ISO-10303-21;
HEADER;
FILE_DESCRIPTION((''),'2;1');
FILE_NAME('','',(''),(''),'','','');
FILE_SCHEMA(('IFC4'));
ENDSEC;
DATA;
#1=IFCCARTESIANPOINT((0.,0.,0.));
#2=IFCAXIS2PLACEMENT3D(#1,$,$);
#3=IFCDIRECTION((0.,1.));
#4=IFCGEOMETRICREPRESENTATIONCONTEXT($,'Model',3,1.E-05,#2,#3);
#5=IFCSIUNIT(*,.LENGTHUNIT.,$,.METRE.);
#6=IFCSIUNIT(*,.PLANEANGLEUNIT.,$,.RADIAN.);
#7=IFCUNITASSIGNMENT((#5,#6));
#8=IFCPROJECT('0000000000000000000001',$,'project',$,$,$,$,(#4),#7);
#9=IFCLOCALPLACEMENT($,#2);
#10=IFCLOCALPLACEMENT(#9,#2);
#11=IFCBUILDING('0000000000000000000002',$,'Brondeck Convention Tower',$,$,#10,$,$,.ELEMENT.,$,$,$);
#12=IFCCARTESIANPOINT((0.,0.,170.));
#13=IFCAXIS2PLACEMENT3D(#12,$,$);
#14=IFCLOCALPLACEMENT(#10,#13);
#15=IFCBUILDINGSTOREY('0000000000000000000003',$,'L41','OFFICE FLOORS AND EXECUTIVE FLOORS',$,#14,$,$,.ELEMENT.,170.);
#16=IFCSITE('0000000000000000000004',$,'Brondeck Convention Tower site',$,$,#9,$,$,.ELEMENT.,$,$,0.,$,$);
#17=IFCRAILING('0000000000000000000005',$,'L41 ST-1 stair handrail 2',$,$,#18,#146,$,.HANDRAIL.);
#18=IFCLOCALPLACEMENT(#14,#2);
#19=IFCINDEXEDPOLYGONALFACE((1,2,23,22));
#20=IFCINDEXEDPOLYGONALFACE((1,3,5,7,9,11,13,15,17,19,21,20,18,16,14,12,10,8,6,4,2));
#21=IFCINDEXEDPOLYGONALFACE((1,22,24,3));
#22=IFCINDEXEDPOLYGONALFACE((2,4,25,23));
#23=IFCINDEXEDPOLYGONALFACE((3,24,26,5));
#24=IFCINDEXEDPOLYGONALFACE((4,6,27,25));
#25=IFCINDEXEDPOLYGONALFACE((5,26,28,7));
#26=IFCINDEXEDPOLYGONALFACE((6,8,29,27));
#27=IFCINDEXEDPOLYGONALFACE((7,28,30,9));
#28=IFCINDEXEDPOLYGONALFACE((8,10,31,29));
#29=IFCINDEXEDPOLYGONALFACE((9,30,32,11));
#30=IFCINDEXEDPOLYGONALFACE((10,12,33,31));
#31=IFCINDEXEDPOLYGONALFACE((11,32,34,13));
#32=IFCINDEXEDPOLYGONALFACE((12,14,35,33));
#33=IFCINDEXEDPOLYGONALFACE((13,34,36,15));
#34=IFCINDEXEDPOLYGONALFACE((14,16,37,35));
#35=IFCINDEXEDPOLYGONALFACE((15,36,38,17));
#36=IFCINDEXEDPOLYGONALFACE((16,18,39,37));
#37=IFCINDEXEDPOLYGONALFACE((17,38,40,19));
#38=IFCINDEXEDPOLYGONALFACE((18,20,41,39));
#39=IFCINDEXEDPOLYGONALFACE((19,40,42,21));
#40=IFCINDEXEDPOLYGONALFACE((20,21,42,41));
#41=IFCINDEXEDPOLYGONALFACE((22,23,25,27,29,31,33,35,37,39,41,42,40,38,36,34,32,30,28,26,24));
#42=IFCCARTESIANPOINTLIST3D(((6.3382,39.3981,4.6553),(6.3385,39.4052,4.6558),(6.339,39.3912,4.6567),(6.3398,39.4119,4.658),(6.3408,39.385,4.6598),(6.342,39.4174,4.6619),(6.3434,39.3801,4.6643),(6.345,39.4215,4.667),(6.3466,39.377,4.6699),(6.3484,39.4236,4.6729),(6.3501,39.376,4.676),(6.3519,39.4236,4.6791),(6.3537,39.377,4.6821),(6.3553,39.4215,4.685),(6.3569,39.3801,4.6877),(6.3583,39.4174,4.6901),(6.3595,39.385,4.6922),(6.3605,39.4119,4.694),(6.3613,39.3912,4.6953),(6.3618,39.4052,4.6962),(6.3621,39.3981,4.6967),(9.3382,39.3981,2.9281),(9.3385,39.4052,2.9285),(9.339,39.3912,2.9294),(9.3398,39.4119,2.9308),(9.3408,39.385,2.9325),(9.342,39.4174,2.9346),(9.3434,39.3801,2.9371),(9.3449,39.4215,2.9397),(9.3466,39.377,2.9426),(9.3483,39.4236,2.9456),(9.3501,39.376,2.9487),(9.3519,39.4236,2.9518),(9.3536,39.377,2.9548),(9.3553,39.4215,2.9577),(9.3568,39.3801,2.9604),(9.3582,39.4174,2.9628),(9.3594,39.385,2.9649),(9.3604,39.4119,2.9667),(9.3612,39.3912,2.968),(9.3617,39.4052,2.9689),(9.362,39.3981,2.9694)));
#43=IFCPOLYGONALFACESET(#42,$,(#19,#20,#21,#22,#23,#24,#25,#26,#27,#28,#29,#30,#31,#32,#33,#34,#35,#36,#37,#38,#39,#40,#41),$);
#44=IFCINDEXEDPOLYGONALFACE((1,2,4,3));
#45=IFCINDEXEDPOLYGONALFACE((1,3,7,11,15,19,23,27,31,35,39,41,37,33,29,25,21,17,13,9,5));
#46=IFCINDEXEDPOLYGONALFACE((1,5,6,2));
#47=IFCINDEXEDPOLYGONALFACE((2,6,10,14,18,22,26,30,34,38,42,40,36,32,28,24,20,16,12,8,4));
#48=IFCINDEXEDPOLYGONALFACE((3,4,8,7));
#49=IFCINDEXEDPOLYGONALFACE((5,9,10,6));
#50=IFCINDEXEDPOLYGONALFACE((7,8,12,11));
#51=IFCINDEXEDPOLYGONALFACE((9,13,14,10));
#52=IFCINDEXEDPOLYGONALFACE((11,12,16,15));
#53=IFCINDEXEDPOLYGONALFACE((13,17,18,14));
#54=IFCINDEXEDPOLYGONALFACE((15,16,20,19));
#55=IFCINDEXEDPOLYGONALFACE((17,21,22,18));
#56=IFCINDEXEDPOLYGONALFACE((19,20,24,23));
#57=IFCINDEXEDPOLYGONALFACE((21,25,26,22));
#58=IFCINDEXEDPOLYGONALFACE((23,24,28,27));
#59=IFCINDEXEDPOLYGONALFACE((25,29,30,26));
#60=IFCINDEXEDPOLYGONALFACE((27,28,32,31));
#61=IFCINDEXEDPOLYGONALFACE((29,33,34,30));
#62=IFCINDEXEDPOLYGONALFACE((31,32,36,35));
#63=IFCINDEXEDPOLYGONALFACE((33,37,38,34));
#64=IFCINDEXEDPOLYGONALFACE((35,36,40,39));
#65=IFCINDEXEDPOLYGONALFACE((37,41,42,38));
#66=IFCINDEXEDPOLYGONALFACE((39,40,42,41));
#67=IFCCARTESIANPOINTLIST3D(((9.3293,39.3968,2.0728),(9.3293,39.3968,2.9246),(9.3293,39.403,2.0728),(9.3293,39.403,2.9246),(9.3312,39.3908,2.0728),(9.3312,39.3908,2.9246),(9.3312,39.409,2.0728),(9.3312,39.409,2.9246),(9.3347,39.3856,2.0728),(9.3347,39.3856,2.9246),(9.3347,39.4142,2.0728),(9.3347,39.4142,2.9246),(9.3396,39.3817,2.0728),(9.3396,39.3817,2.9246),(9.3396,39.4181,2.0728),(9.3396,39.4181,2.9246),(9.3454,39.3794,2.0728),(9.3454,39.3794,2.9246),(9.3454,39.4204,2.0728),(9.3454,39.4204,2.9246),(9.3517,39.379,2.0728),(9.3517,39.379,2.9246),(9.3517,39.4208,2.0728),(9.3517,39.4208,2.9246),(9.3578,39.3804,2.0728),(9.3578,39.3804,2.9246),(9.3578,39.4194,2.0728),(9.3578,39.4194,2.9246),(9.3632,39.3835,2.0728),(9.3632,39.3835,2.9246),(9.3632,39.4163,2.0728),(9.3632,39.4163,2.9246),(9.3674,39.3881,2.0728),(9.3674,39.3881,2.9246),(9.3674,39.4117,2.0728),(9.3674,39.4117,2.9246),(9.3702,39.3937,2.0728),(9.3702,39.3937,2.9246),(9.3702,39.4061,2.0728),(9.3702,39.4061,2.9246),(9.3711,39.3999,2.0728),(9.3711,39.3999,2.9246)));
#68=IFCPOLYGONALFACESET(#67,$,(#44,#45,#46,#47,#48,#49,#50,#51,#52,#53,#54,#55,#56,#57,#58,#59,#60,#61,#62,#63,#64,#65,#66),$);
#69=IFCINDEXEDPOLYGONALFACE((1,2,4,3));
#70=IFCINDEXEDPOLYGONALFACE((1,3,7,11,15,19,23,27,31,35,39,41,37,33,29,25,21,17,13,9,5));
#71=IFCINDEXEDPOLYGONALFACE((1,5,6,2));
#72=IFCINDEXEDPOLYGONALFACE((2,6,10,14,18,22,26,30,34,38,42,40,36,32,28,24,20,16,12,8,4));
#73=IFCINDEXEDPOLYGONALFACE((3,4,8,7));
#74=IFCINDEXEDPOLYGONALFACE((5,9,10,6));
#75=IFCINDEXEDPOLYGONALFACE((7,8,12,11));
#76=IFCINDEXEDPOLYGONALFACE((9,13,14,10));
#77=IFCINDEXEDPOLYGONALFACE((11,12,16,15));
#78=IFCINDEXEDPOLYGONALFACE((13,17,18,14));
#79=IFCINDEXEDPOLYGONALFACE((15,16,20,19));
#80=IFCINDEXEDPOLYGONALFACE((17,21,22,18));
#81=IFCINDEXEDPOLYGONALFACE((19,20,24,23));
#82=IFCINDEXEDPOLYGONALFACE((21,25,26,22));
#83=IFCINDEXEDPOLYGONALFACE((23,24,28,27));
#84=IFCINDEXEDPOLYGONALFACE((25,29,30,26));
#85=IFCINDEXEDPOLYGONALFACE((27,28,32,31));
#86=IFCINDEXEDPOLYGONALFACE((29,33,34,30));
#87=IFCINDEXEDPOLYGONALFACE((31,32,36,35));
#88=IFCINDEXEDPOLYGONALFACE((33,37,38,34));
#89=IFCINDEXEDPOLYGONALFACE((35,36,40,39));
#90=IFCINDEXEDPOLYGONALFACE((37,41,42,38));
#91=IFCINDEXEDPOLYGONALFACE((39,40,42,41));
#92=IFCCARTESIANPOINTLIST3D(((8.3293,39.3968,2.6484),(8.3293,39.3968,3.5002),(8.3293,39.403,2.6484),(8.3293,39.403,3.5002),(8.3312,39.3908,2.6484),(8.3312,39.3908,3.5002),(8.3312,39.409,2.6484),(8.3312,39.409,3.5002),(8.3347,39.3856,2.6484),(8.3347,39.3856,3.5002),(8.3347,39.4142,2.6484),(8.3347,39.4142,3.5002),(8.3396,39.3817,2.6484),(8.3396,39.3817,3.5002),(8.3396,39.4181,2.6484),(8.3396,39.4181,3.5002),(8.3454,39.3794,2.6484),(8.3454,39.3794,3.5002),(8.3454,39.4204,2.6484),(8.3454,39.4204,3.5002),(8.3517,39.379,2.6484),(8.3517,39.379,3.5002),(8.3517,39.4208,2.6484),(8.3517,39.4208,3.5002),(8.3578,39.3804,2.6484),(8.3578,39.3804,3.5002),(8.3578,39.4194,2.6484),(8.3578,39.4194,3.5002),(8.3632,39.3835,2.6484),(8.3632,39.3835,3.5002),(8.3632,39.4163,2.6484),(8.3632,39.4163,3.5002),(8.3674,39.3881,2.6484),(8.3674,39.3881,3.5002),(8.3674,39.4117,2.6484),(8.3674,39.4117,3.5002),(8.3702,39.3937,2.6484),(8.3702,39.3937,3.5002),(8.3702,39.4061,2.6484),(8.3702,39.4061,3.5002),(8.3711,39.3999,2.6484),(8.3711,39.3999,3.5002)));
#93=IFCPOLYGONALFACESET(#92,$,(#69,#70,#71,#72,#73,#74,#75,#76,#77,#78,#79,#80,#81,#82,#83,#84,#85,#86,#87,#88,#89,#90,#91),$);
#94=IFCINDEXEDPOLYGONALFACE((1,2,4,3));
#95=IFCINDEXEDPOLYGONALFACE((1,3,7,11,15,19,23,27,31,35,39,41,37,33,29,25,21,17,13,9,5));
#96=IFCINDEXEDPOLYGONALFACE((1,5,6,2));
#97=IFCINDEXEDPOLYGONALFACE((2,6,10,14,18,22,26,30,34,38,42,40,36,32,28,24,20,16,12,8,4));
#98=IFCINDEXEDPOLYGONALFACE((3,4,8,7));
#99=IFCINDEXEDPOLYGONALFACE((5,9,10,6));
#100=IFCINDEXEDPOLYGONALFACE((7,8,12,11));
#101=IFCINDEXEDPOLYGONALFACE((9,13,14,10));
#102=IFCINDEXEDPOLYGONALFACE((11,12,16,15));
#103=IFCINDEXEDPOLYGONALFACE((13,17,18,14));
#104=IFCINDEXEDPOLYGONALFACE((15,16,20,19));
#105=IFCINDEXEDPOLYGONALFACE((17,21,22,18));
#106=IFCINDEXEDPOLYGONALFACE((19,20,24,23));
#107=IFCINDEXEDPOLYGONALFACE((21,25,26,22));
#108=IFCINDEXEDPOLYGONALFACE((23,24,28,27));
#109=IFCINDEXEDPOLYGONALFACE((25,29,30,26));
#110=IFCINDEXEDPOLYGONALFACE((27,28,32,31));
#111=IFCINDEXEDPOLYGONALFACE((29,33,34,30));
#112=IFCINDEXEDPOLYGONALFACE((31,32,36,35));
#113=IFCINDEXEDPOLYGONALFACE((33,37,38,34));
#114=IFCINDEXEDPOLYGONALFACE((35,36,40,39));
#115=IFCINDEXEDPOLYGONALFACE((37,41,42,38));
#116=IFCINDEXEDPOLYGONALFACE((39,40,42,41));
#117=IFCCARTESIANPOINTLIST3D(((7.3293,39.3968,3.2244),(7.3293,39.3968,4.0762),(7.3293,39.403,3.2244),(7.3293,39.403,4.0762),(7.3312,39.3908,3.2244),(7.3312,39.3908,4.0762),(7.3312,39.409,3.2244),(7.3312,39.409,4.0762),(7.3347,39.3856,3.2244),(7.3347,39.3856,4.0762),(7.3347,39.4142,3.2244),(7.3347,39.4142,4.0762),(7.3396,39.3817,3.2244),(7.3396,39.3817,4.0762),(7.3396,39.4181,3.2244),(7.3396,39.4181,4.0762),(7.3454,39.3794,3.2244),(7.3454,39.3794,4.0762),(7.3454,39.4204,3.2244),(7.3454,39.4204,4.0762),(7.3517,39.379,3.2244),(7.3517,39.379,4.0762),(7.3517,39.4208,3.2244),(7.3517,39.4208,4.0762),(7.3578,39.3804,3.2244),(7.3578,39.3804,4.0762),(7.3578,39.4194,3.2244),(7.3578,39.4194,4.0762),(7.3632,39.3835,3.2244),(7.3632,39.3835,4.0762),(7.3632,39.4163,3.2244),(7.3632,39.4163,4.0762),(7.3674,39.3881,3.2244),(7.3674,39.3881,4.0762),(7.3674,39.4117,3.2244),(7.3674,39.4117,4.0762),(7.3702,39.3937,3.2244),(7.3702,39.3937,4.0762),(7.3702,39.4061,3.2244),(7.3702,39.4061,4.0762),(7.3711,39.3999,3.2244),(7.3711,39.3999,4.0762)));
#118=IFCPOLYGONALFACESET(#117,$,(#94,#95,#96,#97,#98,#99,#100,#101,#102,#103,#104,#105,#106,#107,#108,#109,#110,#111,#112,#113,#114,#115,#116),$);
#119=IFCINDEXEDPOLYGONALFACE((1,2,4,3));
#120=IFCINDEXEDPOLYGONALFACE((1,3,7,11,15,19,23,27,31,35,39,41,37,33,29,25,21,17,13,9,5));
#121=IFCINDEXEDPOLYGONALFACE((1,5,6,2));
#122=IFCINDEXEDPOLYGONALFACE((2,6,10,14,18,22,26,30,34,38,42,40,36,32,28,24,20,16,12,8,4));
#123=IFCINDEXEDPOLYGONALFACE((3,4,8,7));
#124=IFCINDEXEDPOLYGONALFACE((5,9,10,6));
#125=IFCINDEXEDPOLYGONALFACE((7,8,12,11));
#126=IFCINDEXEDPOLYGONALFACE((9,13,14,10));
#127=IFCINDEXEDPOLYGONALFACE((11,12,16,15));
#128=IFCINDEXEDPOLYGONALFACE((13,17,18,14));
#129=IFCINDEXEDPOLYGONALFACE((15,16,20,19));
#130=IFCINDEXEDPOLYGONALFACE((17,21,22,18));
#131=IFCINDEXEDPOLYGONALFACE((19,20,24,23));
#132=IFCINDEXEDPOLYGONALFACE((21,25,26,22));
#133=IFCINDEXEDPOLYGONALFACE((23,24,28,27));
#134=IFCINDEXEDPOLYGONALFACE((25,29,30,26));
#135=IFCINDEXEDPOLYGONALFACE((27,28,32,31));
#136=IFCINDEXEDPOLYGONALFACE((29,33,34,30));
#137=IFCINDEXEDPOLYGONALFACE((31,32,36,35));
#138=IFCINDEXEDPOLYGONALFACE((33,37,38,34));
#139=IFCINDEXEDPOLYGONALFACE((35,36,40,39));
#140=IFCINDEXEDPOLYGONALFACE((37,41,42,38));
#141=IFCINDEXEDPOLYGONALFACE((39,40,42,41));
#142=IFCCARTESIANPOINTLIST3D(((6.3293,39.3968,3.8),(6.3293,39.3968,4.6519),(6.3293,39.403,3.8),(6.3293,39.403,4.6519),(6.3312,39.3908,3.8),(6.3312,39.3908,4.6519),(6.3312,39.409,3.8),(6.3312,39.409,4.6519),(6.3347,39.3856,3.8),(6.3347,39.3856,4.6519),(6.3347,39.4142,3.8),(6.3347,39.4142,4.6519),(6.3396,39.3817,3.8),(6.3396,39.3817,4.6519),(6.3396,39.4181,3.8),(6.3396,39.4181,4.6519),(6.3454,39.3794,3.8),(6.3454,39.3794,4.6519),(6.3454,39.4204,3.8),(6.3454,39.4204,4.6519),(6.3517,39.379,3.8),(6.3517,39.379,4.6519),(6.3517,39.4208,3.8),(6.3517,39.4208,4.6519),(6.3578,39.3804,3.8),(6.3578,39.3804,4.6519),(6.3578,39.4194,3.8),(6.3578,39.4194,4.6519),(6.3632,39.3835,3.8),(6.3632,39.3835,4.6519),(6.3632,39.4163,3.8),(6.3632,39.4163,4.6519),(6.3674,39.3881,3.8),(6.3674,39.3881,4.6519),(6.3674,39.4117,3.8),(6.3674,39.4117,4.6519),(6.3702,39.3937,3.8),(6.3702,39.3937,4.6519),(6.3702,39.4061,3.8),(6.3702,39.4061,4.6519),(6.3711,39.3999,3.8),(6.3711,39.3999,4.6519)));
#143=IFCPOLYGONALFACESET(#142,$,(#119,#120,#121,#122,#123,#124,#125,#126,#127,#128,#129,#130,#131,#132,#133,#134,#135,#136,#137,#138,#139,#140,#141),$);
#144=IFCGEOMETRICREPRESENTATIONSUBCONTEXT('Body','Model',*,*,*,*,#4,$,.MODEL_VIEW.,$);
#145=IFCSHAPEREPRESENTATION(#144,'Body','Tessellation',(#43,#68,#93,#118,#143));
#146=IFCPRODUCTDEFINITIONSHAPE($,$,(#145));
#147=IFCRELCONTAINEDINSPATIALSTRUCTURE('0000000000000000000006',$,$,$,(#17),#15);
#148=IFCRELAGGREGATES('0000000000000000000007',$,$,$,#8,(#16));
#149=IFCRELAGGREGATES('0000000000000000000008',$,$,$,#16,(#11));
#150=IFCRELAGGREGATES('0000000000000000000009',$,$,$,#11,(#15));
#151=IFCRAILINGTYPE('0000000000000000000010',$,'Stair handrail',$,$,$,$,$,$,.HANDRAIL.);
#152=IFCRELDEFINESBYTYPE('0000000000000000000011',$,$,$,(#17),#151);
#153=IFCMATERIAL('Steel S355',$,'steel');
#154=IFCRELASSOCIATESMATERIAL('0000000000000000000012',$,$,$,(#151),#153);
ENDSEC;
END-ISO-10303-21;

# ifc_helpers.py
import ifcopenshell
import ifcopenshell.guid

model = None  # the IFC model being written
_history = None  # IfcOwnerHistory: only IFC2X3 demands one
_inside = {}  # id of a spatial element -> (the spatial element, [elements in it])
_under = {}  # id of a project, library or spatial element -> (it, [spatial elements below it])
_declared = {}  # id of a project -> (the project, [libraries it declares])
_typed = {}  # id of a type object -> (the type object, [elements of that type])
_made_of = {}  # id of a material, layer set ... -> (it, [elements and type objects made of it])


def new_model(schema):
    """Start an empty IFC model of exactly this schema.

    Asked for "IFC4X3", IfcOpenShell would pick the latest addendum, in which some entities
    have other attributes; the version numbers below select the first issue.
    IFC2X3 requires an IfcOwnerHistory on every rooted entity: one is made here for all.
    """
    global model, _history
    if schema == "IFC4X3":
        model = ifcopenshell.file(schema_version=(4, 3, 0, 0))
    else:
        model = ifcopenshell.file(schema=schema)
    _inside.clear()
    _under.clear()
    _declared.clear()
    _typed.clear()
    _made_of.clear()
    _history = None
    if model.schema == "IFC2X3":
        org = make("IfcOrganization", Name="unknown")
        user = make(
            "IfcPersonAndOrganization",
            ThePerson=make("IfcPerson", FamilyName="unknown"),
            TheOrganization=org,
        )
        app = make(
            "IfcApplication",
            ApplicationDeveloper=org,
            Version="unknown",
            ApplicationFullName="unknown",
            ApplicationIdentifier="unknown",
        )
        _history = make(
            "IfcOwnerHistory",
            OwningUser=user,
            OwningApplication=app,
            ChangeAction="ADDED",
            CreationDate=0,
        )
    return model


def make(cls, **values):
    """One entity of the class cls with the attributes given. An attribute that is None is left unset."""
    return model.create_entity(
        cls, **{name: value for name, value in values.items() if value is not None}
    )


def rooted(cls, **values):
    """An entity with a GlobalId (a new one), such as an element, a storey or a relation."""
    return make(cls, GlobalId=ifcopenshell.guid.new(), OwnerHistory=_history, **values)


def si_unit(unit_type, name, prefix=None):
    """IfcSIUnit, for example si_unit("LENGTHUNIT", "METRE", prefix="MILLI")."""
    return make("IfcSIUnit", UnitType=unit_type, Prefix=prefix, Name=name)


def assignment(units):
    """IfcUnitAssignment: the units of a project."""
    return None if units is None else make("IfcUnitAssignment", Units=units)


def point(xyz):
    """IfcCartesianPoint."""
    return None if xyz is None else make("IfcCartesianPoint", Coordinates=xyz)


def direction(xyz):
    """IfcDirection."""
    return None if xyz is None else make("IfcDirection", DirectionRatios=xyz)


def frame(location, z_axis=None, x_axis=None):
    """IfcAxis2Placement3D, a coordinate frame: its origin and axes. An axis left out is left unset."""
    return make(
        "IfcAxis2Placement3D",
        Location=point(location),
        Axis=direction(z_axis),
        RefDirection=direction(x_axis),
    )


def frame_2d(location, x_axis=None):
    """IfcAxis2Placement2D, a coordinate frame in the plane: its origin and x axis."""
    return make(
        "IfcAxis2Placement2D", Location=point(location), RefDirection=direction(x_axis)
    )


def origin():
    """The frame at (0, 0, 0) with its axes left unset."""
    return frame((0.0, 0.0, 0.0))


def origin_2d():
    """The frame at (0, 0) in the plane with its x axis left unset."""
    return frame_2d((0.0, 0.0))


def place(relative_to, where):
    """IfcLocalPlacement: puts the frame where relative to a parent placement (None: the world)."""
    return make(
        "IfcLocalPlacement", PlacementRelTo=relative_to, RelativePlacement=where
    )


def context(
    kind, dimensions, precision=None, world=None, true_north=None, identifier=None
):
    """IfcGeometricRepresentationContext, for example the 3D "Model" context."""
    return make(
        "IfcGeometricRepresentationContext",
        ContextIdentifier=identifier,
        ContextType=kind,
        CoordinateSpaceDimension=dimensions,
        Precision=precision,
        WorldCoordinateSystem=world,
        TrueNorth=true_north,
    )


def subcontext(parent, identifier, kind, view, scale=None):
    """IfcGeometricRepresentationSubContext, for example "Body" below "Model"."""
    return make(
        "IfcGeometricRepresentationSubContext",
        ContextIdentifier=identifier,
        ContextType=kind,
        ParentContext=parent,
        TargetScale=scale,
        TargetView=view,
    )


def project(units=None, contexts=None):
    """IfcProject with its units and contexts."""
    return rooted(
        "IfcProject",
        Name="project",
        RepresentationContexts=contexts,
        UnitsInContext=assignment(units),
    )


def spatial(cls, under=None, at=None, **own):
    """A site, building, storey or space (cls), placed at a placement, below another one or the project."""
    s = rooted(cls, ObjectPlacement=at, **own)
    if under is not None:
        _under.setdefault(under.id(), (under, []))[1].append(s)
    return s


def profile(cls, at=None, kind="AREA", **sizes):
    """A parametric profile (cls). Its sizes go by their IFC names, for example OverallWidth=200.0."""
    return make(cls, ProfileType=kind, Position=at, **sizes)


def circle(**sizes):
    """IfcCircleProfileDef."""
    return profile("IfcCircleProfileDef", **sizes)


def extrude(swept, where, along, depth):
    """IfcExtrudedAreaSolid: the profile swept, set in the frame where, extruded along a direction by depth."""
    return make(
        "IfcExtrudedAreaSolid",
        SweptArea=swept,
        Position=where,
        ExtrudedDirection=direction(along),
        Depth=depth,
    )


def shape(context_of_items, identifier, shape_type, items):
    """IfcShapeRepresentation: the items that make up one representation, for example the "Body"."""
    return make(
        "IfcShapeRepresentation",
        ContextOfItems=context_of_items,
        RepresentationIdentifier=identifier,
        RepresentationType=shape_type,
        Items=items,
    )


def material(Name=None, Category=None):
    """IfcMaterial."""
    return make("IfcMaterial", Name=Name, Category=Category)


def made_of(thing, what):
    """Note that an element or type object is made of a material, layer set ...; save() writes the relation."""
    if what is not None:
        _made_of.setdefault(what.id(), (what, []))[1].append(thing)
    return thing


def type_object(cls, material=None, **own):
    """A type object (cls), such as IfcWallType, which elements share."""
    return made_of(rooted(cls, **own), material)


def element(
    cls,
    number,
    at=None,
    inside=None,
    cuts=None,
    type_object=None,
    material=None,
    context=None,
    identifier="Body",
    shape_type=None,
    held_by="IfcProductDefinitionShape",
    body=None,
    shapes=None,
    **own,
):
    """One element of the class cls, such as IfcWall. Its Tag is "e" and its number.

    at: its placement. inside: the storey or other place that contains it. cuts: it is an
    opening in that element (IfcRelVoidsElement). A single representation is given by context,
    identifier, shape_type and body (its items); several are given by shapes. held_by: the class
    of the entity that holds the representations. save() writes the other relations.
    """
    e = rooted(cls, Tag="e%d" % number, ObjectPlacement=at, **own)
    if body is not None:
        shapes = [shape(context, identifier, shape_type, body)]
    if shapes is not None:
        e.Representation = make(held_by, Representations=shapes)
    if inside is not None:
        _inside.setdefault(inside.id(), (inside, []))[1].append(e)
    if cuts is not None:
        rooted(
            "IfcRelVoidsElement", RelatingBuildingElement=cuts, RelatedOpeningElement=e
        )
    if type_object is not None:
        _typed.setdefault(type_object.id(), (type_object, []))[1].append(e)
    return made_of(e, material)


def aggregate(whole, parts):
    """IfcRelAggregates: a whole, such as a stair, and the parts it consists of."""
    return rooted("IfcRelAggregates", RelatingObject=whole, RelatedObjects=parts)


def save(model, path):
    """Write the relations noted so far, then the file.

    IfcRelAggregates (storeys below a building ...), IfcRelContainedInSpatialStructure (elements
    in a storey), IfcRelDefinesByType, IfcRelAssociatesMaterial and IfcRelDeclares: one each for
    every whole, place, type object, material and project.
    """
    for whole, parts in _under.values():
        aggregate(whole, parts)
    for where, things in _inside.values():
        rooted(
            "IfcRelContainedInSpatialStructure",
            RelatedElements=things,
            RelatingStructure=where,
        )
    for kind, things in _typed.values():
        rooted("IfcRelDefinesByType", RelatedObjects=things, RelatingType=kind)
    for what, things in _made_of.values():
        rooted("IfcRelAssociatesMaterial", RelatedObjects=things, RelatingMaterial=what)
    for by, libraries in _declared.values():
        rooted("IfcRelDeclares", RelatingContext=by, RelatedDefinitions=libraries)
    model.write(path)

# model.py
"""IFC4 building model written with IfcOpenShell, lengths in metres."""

from ifc_helpers import new_model, si_unit, direction, frame, origin, origin_2d, place, context, subcontext, project, spatial, circle, extrude, material, type_object, element, save


model = new_model("IFC4")

# Units and contexts
model_context = context("Model", 3, precision=1e-05, world=origin(), true_north=direction((0.0, 1.0)))
body_context = subcontext(model_context, "Body", "Model", "MODEL_VIEW")
ifc_project = project(units=[si_unit("LENGTHUNIT", "METRE"), si_unit("PLANEANGLEUNIT", "RADIAN")], contexts=[model_context])

# Site, building, storey
site_placement = place(None, origin())
site = spatial("IfcSite", under=ifc_project, at=site_placement, Name="Brondeck Convention Tower site", CompositionType="ELEMENT", RefElevation=0.0)
building_placement = place(site_placement, origin())
building = spatial("IfcBuilding", under=site, at=building_placement, Name="Brondeck Convention Tower", CompositionType="ELEMENT")
storey_placement = place(building_placement, frame((0.0, 0.0, 170.0)))
storey = spatial("IfcBuildingStorey", under=building, at=storey_placement, Name="L41", Description="OFFICE FLOORS AND EXECUTIVE FLOORS", CompositionType="ELEMENT", Elevation=170.0)

# Railing
ifc_material_1 = material(Name="Steel S355", Category="steel")
railing_type_1 = type_object("IfcRailingType", Name="Stair handrail", PredefinedType="HANDRAIL", material=ifc_material_1)
railing_1_placement = place(storey_placement, frame((9.3501, 39.3999, 2.0728)))
element("IfcRailing", 1, at=railing_1_placement, inside=storey, type_object=railing_type_1, Name="L41 ST-1 stair handrail 2", PredefinedType="HANDRAIL", context=body_context, shape_type="SweptSolid", body=[
    extrude(circle(Radius=0.0239, at=origin_2d()), frame((0.0, 0.0, 0.876), z_axis=(-0.86662, 0.0, 0.498969), x_axis=(0.0, -1.0, 0.0)), (0.0, 0.0, 1.0), 3.4617),
    extrude(circle(Radius=0.021, at=origin_2d()), origin(), (0.0, 0.0, 1.0), 0.8518),
    extrude(circle(Radius=0.021, at=origin_2d()), frame((-1.0, 0.0, 0.5757)), (0.0, 0.0, 1.0), 0.8518),
    extrude(circle(Radius=0.021, at=origin_2d()), frame((-2.0, 0.0, 1.1516)), (0.0, 0.0, 1.0), 0.8518),
    extrude(circle(Radius=0.021, at=origin_2d()), frame((-3.0, 0.0, 1.7273)), (0.0, 0.0, 1.0), 0.8518),
])

save(model, "model.ifc")
